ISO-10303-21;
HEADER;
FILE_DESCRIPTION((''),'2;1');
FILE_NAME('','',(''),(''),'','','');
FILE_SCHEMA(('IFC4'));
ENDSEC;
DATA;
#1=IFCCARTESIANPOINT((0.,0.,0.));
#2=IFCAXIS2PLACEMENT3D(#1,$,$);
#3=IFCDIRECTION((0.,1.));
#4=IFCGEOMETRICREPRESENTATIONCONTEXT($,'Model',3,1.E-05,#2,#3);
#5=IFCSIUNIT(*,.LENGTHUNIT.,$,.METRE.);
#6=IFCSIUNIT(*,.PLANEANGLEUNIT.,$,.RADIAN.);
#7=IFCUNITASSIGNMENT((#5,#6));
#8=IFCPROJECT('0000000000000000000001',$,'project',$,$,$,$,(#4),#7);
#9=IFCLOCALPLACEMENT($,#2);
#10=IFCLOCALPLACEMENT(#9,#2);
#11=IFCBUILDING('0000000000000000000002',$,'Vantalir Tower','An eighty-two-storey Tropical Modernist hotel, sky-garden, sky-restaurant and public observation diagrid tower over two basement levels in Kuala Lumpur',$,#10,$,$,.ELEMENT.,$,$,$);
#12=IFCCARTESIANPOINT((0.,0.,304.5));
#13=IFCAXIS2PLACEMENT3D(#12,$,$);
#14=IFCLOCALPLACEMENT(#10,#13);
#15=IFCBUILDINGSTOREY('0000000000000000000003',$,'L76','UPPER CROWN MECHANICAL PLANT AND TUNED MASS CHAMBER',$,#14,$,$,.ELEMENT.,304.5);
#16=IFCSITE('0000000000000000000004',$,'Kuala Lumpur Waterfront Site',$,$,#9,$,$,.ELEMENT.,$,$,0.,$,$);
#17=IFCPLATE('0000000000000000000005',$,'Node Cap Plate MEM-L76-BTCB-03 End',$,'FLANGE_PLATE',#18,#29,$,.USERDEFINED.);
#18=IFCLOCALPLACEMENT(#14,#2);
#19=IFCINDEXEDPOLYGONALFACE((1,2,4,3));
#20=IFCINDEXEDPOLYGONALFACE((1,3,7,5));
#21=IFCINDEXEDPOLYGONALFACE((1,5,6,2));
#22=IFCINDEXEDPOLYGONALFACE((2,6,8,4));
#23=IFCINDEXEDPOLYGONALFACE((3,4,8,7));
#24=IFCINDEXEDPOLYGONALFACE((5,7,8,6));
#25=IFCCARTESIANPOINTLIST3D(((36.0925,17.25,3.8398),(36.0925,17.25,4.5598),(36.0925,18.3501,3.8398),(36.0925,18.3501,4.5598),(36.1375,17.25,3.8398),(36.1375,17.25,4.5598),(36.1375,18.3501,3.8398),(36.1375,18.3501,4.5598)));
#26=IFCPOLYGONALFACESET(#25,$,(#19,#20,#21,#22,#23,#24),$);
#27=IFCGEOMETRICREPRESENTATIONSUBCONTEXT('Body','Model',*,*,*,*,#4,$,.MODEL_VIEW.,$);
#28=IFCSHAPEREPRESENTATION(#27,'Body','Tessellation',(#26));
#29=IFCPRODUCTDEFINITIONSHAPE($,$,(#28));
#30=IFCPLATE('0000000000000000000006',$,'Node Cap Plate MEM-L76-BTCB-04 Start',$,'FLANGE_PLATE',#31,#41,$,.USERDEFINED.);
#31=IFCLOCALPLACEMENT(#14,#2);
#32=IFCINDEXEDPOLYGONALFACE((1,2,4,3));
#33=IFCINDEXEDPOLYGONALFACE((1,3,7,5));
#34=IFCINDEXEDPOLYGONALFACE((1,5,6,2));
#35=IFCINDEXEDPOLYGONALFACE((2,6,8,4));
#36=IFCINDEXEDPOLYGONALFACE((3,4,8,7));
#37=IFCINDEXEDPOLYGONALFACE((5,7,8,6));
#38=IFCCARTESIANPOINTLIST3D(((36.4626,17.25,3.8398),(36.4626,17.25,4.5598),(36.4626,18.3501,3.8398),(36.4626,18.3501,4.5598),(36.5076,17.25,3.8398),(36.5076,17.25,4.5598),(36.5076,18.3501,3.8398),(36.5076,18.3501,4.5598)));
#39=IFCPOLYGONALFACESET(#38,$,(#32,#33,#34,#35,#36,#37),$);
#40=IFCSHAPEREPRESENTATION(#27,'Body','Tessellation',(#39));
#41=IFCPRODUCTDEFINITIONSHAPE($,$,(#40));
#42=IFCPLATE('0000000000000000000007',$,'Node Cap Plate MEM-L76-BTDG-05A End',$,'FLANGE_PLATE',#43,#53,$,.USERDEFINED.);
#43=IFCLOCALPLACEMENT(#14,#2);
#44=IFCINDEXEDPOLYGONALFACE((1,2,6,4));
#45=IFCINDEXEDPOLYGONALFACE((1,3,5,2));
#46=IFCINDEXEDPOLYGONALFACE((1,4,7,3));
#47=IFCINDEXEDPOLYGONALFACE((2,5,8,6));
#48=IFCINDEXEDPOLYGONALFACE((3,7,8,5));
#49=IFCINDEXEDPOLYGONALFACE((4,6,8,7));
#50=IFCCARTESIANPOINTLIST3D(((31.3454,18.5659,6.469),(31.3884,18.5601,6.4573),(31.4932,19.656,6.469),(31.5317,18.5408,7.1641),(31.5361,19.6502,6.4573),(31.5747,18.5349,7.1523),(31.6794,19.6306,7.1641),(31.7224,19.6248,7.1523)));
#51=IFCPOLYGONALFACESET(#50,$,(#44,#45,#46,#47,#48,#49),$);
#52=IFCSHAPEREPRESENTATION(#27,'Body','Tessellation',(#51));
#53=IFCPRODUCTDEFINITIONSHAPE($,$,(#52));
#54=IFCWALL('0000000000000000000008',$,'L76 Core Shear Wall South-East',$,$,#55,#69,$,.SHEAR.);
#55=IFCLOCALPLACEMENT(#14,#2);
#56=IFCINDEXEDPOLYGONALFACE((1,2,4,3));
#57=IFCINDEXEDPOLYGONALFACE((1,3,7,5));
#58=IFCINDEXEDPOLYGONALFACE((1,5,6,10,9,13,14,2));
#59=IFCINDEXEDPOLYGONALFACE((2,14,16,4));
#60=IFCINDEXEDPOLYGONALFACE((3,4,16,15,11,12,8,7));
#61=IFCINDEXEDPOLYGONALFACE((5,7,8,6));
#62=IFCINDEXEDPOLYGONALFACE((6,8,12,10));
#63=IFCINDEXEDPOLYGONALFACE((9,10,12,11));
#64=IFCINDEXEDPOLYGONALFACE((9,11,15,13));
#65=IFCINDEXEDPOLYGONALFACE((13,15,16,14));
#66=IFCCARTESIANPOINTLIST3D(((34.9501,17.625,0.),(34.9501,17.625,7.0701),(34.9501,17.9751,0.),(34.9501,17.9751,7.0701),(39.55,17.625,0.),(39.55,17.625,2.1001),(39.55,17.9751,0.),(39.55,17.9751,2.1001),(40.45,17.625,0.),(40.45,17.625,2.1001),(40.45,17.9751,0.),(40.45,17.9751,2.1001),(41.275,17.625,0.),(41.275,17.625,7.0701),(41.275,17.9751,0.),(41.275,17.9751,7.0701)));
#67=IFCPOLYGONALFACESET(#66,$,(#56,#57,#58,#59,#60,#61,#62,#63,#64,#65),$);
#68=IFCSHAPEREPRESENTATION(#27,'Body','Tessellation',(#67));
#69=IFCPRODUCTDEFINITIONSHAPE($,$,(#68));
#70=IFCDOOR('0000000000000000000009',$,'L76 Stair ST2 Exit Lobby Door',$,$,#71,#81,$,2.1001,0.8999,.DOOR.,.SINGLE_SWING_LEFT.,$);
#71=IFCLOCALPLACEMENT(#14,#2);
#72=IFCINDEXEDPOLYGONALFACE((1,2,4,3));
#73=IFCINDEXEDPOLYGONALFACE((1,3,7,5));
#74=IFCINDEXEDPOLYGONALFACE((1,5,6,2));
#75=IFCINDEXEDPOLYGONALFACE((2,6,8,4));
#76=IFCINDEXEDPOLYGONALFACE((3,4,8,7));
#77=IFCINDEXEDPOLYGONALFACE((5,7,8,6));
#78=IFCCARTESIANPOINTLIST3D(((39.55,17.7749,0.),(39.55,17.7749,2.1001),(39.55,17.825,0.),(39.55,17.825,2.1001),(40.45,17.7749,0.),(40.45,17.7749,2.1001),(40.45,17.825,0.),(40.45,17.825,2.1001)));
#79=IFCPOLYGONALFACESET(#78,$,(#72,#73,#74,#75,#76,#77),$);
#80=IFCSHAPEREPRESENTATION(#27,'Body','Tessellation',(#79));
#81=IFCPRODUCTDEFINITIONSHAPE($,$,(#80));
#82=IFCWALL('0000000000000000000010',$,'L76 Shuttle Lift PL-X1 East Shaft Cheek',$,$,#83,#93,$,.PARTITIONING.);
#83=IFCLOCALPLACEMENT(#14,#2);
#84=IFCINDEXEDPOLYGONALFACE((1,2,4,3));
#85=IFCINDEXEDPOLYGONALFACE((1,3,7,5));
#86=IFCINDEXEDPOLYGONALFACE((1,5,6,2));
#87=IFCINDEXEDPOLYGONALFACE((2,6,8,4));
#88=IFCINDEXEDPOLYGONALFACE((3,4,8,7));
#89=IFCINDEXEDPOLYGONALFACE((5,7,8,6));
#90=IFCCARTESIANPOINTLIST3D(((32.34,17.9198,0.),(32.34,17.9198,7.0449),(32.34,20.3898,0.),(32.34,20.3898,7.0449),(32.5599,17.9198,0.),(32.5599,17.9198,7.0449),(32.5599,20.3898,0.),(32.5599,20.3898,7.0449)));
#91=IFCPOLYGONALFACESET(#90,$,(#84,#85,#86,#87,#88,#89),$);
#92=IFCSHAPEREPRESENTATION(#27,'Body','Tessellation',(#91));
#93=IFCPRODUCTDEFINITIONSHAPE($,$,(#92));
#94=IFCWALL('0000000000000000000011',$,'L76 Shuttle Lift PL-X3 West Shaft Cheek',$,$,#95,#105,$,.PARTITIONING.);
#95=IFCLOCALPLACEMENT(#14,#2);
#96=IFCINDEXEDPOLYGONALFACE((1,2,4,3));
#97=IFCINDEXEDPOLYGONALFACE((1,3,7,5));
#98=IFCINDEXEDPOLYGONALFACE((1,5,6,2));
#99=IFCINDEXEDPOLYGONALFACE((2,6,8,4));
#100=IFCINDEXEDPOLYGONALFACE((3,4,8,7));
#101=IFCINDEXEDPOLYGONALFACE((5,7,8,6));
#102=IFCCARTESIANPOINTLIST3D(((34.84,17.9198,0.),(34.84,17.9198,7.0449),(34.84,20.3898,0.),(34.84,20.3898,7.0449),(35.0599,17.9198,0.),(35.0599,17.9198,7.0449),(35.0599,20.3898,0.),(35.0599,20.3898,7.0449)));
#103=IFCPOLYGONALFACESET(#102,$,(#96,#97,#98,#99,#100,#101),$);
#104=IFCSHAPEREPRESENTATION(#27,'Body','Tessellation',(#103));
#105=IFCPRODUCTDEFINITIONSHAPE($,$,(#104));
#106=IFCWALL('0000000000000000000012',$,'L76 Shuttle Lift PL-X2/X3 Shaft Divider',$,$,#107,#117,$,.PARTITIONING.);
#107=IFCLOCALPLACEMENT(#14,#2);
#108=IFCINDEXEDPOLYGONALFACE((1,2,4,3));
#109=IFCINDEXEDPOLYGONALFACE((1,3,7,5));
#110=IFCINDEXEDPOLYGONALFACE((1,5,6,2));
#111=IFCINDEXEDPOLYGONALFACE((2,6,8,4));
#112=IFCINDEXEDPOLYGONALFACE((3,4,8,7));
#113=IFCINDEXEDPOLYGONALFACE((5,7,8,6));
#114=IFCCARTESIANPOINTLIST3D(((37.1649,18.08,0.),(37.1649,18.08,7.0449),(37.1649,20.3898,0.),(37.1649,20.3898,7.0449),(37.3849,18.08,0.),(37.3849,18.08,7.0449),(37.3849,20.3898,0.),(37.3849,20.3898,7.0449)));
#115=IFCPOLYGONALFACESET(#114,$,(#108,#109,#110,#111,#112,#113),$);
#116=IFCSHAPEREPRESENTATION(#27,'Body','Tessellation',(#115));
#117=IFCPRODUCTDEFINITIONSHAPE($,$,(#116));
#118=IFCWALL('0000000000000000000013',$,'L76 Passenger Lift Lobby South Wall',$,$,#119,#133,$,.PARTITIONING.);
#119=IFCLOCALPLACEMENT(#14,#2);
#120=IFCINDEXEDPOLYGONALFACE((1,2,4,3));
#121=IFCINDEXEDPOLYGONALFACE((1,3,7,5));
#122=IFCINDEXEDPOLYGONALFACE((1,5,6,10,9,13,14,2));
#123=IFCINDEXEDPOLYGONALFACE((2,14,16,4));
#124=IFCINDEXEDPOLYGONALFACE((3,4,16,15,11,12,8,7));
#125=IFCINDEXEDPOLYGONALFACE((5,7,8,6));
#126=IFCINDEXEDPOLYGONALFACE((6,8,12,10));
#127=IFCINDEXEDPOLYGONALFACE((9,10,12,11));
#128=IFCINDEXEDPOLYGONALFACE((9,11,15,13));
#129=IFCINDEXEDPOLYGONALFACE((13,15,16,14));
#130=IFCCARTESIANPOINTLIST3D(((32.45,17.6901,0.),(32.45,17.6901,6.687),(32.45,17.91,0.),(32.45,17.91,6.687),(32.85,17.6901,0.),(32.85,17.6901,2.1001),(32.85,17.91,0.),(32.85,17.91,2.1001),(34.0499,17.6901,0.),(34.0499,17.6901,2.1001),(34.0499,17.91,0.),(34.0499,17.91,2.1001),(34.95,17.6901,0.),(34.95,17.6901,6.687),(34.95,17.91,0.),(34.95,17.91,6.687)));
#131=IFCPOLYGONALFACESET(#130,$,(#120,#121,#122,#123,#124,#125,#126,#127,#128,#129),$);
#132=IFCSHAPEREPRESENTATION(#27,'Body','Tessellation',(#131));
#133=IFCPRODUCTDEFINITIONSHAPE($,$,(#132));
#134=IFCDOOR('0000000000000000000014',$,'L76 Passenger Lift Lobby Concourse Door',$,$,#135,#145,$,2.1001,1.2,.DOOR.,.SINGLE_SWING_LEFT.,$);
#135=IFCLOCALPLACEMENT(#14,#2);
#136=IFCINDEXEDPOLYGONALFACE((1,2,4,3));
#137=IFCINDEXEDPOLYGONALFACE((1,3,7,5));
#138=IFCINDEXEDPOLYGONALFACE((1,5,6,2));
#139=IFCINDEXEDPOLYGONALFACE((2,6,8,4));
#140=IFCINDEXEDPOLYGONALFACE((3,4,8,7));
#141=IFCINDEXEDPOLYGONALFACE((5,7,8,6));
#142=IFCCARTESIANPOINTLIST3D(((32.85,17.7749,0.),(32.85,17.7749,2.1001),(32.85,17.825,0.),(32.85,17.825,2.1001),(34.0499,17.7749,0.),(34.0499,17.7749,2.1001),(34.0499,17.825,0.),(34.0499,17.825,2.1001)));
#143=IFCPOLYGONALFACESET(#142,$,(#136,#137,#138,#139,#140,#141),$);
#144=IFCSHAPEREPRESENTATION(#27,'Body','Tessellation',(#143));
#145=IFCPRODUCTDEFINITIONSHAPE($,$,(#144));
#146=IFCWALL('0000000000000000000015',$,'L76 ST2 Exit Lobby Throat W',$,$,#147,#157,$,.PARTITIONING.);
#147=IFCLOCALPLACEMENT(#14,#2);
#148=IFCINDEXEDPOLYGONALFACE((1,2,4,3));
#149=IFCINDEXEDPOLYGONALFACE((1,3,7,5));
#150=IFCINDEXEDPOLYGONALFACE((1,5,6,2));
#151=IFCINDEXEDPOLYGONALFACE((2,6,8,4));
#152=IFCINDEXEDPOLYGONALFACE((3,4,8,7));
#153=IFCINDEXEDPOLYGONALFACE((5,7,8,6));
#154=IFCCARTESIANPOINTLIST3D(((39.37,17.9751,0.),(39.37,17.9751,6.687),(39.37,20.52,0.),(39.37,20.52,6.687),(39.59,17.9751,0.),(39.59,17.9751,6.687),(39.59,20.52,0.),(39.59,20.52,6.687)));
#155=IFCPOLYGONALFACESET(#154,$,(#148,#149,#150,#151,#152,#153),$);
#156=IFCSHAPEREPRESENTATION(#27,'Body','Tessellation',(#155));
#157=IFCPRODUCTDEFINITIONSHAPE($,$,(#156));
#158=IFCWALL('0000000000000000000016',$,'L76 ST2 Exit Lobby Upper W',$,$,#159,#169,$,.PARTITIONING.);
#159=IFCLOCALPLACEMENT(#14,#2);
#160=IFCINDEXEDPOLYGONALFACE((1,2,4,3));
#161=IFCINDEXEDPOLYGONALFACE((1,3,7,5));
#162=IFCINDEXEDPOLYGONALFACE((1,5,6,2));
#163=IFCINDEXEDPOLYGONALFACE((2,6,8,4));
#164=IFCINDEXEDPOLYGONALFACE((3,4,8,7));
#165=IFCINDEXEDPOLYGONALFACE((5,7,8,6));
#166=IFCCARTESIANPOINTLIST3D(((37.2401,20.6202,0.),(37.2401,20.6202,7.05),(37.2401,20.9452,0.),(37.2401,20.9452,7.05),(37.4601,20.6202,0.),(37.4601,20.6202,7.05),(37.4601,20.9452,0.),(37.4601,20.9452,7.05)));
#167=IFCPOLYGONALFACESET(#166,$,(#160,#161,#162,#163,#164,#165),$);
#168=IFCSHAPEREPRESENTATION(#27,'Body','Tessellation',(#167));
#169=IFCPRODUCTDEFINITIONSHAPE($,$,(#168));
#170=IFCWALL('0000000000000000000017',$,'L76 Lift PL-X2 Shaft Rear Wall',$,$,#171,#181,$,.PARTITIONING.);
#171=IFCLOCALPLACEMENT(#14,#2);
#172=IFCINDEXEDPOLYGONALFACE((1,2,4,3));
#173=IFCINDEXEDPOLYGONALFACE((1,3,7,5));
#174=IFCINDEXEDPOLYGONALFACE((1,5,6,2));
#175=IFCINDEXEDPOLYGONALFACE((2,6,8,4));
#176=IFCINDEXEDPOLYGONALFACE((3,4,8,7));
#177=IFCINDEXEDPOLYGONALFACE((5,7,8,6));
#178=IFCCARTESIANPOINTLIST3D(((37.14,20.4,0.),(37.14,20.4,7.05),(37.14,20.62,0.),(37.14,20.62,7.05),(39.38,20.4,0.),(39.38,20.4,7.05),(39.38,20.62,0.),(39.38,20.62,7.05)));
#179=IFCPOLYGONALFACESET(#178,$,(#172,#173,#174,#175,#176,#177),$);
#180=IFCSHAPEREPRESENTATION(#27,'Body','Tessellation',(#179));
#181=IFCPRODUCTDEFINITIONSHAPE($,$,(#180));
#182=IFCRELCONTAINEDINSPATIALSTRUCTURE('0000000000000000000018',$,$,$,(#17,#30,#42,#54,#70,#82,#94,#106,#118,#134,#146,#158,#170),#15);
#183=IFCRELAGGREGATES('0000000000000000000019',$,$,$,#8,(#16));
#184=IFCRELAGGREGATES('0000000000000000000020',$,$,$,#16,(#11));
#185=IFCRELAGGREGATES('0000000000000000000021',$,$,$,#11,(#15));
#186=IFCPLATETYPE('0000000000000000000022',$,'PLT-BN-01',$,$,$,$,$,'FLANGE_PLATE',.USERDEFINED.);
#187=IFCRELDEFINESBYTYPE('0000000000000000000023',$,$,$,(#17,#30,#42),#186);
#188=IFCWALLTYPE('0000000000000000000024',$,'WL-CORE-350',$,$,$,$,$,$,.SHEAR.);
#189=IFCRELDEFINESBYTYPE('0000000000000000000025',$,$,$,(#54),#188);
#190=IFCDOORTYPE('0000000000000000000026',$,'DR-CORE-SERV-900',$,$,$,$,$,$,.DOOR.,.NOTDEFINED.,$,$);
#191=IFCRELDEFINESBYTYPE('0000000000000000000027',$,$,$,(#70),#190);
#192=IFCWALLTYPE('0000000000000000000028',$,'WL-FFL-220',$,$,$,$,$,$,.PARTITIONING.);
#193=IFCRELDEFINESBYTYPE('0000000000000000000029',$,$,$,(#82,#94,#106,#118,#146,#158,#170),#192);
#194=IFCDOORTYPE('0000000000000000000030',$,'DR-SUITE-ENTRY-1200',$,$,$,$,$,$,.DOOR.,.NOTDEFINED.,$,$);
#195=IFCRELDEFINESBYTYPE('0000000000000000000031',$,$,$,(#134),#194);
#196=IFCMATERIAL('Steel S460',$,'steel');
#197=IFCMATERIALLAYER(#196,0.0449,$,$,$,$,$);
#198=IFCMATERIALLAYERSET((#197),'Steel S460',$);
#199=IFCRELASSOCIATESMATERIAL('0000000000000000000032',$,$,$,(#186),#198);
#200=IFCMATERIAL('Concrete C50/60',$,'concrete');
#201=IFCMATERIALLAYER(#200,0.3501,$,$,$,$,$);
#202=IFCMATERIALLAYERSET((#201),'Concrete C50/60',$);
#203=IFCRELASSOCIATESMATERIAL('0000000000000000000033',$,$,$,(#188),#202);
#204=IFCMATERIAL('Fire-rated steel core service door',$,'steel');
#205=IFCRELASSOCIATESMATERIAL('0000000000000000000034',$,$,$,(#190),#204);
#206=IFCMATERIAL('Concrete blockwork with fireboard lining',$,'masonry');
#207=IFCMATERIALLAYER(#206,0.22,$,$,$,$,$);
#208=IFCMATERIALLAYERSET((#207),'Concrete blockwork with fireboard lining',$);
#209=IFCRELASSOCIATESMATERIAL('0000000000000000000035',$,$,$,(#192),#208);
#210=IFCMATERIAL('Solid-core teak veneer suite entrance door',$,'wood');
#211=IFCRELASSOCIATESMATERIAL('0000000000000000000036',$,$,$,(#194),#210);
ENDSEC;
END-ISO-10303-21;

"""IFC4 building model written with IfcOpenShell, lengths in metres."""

from ifc_helpers import new_model, si_unit, direction, frame, frame_2d, origin, origin_2d, place, context, subcontext, project, spatial, polyline, rectangle, outline, extrude, material, layer, layer_set, type_object, element, fill, save


model = new_model("IFC4")

# Units and contexts
model_context = context("Model", 3, precision=1e-05, world=origin(), true_north=direction((0.0, 1.0)))
body_context = subcontext(model_context, "Body", "Model", "MODEL_VIEW")
ifc_project = project(units=[si_unit("LENGTHUNIT", "METRE"), si_unit("PLANEANGLEUNIT", "RADIAN")], contexts=[model_context])

# Site, building, storey
site_placement = place(None, origin())
site = spatial("IfcSite", under=ifc_project, at=site_placement, Name="Kuala Lumpur Waterfront Site", CompositionType="ELEMENT", RefElevation=0.0)
building_placement = place(site_placement, origin())
building = spatial("IfcBuilding", under=site, at=building_placement, Name="Vantalir Tower", Description="An eighty-two-storey Tropical Modernist hotel, sky-garden, sky-restaurant and public observation diagrid tower over two basement levels in Kuala Lumpur", CompositionType="ELEMENT")
storey_placement = place(building_placement, frame((0.0, 0.0, 304.5)))
storey = spatial("IfcBuildingStorey", under=building, at=storey_placement, Name="L76", Description="UPPER CROWN MECHANICAL PLANT AND TUNED MASS CHAMBER", CompositionType="ELEMENT", Elevation=304.5)

# Shared definitions
ifc_material_1 = material(Name="Concrete C50/60", Category="concrete")

# Shared definitions
ifc_material_2 = material(Name="Steel S460", Category="steel")

# Plates
ifc_layer_1 = layer(ifc_material_2, 0.0449)
ifc_layer_set_1 = layer_set([ifc_layer_1], Name="Steel S460")
plate_type = type_object("IfcPlateType", Name="PLT-BN-01", ElementType="FLANGE_PLATE", PredefinedType="USERDEFINED", material=ifc_layer_set_1)
for number, where, z_axis, x_axis, name in (
    (1, (36.115, 17.8, 3.8398), (0.0, 0.0, 1.0), (1.0, 0.0, 0.0), "Node Cap Plate MEM-L76-BTCB-03 End"),
    (2, (36.4851, 17.8, 3.8398), (0.0, 0.0, 1.0), (1.0, 0.0, 0.0), "Node Cap Plate MEM-L76-BTCB-04 Start"),
):
    element("IfcPlate", number, at=place(storey_placement, frame(where, z_axis=z_axis, x_axis=x_axis)), inside=storey, type_object=plate_type, Name=name, ObjectType="FLANGE_PLATE", PredefinedType="USERDEFINED", context=body_context, shape_type="SweptSolid", body=[
        extrude(rectangle(XDim=0.0449, YDim=1.1001, at=origin_2d()), origin(), (0.0, 0.0, 1.0), 0.72),
    ])
plate_placement = place(storey_placement, frame((31.4932, 19.656, 6.469), z_axis=(-0.956575, 0.129629, 0.261076), x_axis=(-0.134285, -0.990943, 0.000004)))
element("IfcPlate", 3, at=plate_placement, inside=storey, type_object=plate_type, Name="Node Cap Plate MEM-L76-BTDG-05A End", ObjectType="FLANGE_PLATE", PredefinedType="USERDEFINED", context=body_context, shape_type="SweptSolid", body=[
    extrude(outline(polyline([(0.0, 0.0), (1.1, 0.0), (1.1, 0.72), (0.0001, 0.72), (0.0, 0.0)])), origin(), (0.0, 0.0, -1.0), 0.0449),
])

# Wall, opening, door
ifc_layer_2 = layer(ifc_material_1, 0.3501)
ifc_layer_set_2 = layer_set([ifc_layer_2], Name="Concrete C50/60")
wall_type_1 = type_object("IfcWallType", Name="WL-CORE-350", PredefinedType="SHEAR", material=ifc_layer_set_2)
wall_1_placement = place(storey_placement, frame((34.95, 17.8, 0.0), z_axis=(0.0, 0.0, 1.0), x_axis=(1.0, 0.0, 0.0)))
wall_1 = element("IfcWall", 4, at=wall_1_placement, inside=storey, type_object=wall_type_1, Name="L76 Core Shear Wall South-East", PredefinedType="SHEAR", context=body_context, shape_type="SweptSolid", body=[
    extrude(rectangle(XDim=6.325, YDim=0.3501, at=frame_2d((3.1626, 0.0))), origin(), (0.0, 0.0, 1.0), 7.0701),
])
opening_1_placement = place(wall_1_placement, frame((4.6001, 0.0, 0.0)))
opening_1 = element("IfcOpeningElement", 5, at=opening_1_placement, cuts=wall_1, PredefinedType="OPENING", context=body_context, shape_type="SweptSolid", body=[
    extrude(rectangle(XDim=0.8999, YDim=2.1001, at=frame_2d((0.45, 1.05))), frame((0.0, 0.1851, 0.0), z_axis=(0.0, -1.0, 0.0), x_axis=(1.0, 0.0, 0.0)), (0.0, 0.0, 1.0), 0.3701),
])
ifc_material_3 = material(Name="Fire-rated steel core service door", Category="steel")
door_type_1 = type_object("IfcDoorType", Name="DR-CORE-SERV-900", OperationType="NOTDEFINED", PredefinedType="DOOR", material=ifc_material_3)
door_1_placement = place(opening_1_placement, origin())
door_1 = element("IfcDoor", 6, at=door_1_placement, inside=storey, type_object=door_type_1, Name="L76 Stair ST2 Exit Lobby Door", OperationType="SINGLE_SWING_LEFT", OverallHeight=2.1001, OverallWidth=0.8999, PredefinedType="DOOR", context=body_context, shape_type="SweptSolid", body=[
    extrude(rectangle(XDim=0.8999, YDim=2.1001, at=frame_2d((0.45, 1.05))), frame((0.0, 0.0249, 0.0), z_axis=(0.0, -1.0, 0.0), x_axis=(1.0, 0.0, 0.0)), (0.0, 0.0, 1.0), 0.05),
])
fill(opening_1, door_1)

# Walls
ifc_material_4 = material(Name="Concrete blockwork with fireboard lining", Category="masonry")
ifc_layer_3 = layer(ifc_material_4, 0.22)
ifc_layer_set_3 = layer_set([ifc_layer_3], Name="Concrete blockwork with fireboard lining")
wall_type_2 = type_object("IfcWallType", Name="WL-FFL-220", PredefinedType="PARTITIONING", material=ifc_layer_set_3)
for number, where, z_axis, x_axis, name in (
    (7, (32.45, 17.9199, 0.0), (0.0, 0.0, 1.0), (0.0, 1.0, 0.0), "L76 Shuttle Lift PL-X1 East Shaft Cheek"),
    (8, (34.95, 17.9199, 0.0), (0.0, 0.0, 1.0), (0.0, 1.0, 0.0), "L76 Shuttle Lift PL-X3 West Shaft Cheek"),
):
    element("IfcWall", number, at=place(storey_placement, frame(where, z_axis=z_axis, x_axis=x_axis)), inside=storey, type_object=wall_type_2, Name=name, PredefinedType="PARTITIONING", context=body_context, shape_type="SweptSolid", body=[
        extrude(rectangle(XDim=2.47, YDim=0.22, at=frame_2d((1.2349, 0.0))), origin(), (0.0, 0.0, 1.0), 7.0449),
    ])
wall_2_placement = place(storey_placement, frame((37.2749, 18.0801, 0.0), z_axis=(0.0, 0.0, 1.0), x_axis=(0.0, 1.0, 0.0)))
element("IfcWall", 9, at=wall_2_placement, inside=storey, type_object=wall_type_2, Name="L76 Shuttle Lift PL-X2/X3 Shaft Divider", PredefinedType="PARTITIONING", context=body_context, shape_type="SweptSolid", body=[
    extrude(rectangle(XDim=2.3098, YDim=0.22, at=frame_2d((1.1548, 0.0))), origin(), (0.0, 0.0, 1.0), 7.0449),
])

# Wall, opening, door
wall_3_placement = place(storey_placement, frame((32.45, 17.8, 0.0), z_axis=(0.0, 0.0, 1.0), x_axis=(1.0, 0.0, 0.0)))
wall_3 = element("IfcWall", 10, at=wall_3_placement, inside=storey, type_object=wall_type_2, Name="L76 Passenger Lift Lobby South Wall", PredefinedType="PARTITIONING", context=body_context, shape_type="SweptSolid", body=[
    extrude(rectangle(XDim=2.5, YDim=0.22, at=frame_2d((1.25, 0.0))), origin(), (0.0, 0.0, 1.0), 6.687),
])
opening_2_placement = place(wall_3_placement, frame((0.3999, 0.0, 0.0)))
opening_2 = element("IfcOpeningElement", 11, at=opening_2_placement, cuts=wall_3, PredefinedType="OPENING", context=body_context, shape_type="SweptSolid", body=[
    extrude(rectangle(XDim=1.2, YDim=2.1001, at=frame_2d((0.6001, 1.05))), frame((0.0, 0.1199, 0.0), z_axis=(0.0, -1.0, 0.0), x_axis=(1.0, 0.0, 0.0)), (0.0, 0.0, 1.0), 0.24),
])
ifc_material_5 = material(Name="Solid-core teak veneer suite entrance door", Category="wood")
door_type_2 = type_object("IfcDoorType", Name="DR-SUITE-ENTRY-1200", OperationType="NOTDEFINED", PredefinedType="DOOR", material=ifc_material_5)
door_2_placement = place(opening_2_placement, origin())
door_2 = element("IfcDoor", 12, at=door_2_placement, inside=storey, type_object=door_type_2, Name="L76 Passenger Lift Lobby Concourse Door", OperationType="SINGLE_SWING_LEFT", OverallHeight=2.1001, OverallWidth=1.2, PredefinedType="DOOR", context=body_context, shape_type="SweptSolid", body=[
    extrude(rectangle(XDim=1.2, YDim=2.1001, at=frame_2d((0.6001, 1.05))), frame((0.0, 0.0249, 0.0), z_axis=(0.0, -1.0, 0.0), x_axis=(1.0, 0.0, 0.0)), (0.0, 0.0, 1.0), 0.05),
])
fill(opening_2, door_2)

# Walls
wall_4_placement = place(storey_placement, frame((39.48, 17.9751, 0.0), z_axis=(0.0, 0.0, 1.0), x_axis=(0.0, 1.0, 0.0)))
element("IfcWall", 13, at=wall_4_placement, inside=storey, type_object=wall_type_2, Name="L76 ST2 Exit Lobby Throat W", PredefinedType="PARTITIONING", context=body_context, shape_type="SweptSolid", body=[
    extrude(rectangle(XDim=2.5449, YDim=0.22, at=frame_2d((1.2725, 0.0))), origin(), (0.0, 0.0, 1.0), 6.687),
])
wall_5_placement = place(storey_placement, frame((37.3501, 20.6201, 0.0), z_axis=(0.0, 0.0, 1.0), x_axis=(0.0, 1.0, 0.0)))
element("IfcWall", 14, at=wall_5_placement, inside=storey, type_object=wall_type_2, Name="L76 ST2 Exit Lobby Upper W", PredefinedType="PARTITIONING", context=body_context, shape_type="SweptSolid", body=[
    extrude(rectangle(XDim=0.325, YDim=0.22, at=frame_2d((0.1626, 0.0))), origin(), (0.0, 0.0, 1.0), 7.05),
])
for number, where, z_axis, x_axis, name in (
    (15, (37.1399, 20.51, 0.0), (0.0, 0.0, 1.0), (1.0, 0.0, 0.0), "L76 Lift PL-X2 Shaft Rear Wall"),
):
    element("IfcWall", number, at=place(storey_placement, frame(where, z_axis=z_axis, x_axis=x_axis)), inside=storey, type_object=wall_type_2, Name=name, PredefinedType="PARTITIONING", context=body_context, shape_type="SweptSolid", body=[
        extrude(rectangle(XDim=2.24, YDim=0.22, at=frame_2d((1.1201, 0.0))), origin(), (0.0, 0.0, 1.0), 7.05),
    ])

save(model, "model.ifc")
